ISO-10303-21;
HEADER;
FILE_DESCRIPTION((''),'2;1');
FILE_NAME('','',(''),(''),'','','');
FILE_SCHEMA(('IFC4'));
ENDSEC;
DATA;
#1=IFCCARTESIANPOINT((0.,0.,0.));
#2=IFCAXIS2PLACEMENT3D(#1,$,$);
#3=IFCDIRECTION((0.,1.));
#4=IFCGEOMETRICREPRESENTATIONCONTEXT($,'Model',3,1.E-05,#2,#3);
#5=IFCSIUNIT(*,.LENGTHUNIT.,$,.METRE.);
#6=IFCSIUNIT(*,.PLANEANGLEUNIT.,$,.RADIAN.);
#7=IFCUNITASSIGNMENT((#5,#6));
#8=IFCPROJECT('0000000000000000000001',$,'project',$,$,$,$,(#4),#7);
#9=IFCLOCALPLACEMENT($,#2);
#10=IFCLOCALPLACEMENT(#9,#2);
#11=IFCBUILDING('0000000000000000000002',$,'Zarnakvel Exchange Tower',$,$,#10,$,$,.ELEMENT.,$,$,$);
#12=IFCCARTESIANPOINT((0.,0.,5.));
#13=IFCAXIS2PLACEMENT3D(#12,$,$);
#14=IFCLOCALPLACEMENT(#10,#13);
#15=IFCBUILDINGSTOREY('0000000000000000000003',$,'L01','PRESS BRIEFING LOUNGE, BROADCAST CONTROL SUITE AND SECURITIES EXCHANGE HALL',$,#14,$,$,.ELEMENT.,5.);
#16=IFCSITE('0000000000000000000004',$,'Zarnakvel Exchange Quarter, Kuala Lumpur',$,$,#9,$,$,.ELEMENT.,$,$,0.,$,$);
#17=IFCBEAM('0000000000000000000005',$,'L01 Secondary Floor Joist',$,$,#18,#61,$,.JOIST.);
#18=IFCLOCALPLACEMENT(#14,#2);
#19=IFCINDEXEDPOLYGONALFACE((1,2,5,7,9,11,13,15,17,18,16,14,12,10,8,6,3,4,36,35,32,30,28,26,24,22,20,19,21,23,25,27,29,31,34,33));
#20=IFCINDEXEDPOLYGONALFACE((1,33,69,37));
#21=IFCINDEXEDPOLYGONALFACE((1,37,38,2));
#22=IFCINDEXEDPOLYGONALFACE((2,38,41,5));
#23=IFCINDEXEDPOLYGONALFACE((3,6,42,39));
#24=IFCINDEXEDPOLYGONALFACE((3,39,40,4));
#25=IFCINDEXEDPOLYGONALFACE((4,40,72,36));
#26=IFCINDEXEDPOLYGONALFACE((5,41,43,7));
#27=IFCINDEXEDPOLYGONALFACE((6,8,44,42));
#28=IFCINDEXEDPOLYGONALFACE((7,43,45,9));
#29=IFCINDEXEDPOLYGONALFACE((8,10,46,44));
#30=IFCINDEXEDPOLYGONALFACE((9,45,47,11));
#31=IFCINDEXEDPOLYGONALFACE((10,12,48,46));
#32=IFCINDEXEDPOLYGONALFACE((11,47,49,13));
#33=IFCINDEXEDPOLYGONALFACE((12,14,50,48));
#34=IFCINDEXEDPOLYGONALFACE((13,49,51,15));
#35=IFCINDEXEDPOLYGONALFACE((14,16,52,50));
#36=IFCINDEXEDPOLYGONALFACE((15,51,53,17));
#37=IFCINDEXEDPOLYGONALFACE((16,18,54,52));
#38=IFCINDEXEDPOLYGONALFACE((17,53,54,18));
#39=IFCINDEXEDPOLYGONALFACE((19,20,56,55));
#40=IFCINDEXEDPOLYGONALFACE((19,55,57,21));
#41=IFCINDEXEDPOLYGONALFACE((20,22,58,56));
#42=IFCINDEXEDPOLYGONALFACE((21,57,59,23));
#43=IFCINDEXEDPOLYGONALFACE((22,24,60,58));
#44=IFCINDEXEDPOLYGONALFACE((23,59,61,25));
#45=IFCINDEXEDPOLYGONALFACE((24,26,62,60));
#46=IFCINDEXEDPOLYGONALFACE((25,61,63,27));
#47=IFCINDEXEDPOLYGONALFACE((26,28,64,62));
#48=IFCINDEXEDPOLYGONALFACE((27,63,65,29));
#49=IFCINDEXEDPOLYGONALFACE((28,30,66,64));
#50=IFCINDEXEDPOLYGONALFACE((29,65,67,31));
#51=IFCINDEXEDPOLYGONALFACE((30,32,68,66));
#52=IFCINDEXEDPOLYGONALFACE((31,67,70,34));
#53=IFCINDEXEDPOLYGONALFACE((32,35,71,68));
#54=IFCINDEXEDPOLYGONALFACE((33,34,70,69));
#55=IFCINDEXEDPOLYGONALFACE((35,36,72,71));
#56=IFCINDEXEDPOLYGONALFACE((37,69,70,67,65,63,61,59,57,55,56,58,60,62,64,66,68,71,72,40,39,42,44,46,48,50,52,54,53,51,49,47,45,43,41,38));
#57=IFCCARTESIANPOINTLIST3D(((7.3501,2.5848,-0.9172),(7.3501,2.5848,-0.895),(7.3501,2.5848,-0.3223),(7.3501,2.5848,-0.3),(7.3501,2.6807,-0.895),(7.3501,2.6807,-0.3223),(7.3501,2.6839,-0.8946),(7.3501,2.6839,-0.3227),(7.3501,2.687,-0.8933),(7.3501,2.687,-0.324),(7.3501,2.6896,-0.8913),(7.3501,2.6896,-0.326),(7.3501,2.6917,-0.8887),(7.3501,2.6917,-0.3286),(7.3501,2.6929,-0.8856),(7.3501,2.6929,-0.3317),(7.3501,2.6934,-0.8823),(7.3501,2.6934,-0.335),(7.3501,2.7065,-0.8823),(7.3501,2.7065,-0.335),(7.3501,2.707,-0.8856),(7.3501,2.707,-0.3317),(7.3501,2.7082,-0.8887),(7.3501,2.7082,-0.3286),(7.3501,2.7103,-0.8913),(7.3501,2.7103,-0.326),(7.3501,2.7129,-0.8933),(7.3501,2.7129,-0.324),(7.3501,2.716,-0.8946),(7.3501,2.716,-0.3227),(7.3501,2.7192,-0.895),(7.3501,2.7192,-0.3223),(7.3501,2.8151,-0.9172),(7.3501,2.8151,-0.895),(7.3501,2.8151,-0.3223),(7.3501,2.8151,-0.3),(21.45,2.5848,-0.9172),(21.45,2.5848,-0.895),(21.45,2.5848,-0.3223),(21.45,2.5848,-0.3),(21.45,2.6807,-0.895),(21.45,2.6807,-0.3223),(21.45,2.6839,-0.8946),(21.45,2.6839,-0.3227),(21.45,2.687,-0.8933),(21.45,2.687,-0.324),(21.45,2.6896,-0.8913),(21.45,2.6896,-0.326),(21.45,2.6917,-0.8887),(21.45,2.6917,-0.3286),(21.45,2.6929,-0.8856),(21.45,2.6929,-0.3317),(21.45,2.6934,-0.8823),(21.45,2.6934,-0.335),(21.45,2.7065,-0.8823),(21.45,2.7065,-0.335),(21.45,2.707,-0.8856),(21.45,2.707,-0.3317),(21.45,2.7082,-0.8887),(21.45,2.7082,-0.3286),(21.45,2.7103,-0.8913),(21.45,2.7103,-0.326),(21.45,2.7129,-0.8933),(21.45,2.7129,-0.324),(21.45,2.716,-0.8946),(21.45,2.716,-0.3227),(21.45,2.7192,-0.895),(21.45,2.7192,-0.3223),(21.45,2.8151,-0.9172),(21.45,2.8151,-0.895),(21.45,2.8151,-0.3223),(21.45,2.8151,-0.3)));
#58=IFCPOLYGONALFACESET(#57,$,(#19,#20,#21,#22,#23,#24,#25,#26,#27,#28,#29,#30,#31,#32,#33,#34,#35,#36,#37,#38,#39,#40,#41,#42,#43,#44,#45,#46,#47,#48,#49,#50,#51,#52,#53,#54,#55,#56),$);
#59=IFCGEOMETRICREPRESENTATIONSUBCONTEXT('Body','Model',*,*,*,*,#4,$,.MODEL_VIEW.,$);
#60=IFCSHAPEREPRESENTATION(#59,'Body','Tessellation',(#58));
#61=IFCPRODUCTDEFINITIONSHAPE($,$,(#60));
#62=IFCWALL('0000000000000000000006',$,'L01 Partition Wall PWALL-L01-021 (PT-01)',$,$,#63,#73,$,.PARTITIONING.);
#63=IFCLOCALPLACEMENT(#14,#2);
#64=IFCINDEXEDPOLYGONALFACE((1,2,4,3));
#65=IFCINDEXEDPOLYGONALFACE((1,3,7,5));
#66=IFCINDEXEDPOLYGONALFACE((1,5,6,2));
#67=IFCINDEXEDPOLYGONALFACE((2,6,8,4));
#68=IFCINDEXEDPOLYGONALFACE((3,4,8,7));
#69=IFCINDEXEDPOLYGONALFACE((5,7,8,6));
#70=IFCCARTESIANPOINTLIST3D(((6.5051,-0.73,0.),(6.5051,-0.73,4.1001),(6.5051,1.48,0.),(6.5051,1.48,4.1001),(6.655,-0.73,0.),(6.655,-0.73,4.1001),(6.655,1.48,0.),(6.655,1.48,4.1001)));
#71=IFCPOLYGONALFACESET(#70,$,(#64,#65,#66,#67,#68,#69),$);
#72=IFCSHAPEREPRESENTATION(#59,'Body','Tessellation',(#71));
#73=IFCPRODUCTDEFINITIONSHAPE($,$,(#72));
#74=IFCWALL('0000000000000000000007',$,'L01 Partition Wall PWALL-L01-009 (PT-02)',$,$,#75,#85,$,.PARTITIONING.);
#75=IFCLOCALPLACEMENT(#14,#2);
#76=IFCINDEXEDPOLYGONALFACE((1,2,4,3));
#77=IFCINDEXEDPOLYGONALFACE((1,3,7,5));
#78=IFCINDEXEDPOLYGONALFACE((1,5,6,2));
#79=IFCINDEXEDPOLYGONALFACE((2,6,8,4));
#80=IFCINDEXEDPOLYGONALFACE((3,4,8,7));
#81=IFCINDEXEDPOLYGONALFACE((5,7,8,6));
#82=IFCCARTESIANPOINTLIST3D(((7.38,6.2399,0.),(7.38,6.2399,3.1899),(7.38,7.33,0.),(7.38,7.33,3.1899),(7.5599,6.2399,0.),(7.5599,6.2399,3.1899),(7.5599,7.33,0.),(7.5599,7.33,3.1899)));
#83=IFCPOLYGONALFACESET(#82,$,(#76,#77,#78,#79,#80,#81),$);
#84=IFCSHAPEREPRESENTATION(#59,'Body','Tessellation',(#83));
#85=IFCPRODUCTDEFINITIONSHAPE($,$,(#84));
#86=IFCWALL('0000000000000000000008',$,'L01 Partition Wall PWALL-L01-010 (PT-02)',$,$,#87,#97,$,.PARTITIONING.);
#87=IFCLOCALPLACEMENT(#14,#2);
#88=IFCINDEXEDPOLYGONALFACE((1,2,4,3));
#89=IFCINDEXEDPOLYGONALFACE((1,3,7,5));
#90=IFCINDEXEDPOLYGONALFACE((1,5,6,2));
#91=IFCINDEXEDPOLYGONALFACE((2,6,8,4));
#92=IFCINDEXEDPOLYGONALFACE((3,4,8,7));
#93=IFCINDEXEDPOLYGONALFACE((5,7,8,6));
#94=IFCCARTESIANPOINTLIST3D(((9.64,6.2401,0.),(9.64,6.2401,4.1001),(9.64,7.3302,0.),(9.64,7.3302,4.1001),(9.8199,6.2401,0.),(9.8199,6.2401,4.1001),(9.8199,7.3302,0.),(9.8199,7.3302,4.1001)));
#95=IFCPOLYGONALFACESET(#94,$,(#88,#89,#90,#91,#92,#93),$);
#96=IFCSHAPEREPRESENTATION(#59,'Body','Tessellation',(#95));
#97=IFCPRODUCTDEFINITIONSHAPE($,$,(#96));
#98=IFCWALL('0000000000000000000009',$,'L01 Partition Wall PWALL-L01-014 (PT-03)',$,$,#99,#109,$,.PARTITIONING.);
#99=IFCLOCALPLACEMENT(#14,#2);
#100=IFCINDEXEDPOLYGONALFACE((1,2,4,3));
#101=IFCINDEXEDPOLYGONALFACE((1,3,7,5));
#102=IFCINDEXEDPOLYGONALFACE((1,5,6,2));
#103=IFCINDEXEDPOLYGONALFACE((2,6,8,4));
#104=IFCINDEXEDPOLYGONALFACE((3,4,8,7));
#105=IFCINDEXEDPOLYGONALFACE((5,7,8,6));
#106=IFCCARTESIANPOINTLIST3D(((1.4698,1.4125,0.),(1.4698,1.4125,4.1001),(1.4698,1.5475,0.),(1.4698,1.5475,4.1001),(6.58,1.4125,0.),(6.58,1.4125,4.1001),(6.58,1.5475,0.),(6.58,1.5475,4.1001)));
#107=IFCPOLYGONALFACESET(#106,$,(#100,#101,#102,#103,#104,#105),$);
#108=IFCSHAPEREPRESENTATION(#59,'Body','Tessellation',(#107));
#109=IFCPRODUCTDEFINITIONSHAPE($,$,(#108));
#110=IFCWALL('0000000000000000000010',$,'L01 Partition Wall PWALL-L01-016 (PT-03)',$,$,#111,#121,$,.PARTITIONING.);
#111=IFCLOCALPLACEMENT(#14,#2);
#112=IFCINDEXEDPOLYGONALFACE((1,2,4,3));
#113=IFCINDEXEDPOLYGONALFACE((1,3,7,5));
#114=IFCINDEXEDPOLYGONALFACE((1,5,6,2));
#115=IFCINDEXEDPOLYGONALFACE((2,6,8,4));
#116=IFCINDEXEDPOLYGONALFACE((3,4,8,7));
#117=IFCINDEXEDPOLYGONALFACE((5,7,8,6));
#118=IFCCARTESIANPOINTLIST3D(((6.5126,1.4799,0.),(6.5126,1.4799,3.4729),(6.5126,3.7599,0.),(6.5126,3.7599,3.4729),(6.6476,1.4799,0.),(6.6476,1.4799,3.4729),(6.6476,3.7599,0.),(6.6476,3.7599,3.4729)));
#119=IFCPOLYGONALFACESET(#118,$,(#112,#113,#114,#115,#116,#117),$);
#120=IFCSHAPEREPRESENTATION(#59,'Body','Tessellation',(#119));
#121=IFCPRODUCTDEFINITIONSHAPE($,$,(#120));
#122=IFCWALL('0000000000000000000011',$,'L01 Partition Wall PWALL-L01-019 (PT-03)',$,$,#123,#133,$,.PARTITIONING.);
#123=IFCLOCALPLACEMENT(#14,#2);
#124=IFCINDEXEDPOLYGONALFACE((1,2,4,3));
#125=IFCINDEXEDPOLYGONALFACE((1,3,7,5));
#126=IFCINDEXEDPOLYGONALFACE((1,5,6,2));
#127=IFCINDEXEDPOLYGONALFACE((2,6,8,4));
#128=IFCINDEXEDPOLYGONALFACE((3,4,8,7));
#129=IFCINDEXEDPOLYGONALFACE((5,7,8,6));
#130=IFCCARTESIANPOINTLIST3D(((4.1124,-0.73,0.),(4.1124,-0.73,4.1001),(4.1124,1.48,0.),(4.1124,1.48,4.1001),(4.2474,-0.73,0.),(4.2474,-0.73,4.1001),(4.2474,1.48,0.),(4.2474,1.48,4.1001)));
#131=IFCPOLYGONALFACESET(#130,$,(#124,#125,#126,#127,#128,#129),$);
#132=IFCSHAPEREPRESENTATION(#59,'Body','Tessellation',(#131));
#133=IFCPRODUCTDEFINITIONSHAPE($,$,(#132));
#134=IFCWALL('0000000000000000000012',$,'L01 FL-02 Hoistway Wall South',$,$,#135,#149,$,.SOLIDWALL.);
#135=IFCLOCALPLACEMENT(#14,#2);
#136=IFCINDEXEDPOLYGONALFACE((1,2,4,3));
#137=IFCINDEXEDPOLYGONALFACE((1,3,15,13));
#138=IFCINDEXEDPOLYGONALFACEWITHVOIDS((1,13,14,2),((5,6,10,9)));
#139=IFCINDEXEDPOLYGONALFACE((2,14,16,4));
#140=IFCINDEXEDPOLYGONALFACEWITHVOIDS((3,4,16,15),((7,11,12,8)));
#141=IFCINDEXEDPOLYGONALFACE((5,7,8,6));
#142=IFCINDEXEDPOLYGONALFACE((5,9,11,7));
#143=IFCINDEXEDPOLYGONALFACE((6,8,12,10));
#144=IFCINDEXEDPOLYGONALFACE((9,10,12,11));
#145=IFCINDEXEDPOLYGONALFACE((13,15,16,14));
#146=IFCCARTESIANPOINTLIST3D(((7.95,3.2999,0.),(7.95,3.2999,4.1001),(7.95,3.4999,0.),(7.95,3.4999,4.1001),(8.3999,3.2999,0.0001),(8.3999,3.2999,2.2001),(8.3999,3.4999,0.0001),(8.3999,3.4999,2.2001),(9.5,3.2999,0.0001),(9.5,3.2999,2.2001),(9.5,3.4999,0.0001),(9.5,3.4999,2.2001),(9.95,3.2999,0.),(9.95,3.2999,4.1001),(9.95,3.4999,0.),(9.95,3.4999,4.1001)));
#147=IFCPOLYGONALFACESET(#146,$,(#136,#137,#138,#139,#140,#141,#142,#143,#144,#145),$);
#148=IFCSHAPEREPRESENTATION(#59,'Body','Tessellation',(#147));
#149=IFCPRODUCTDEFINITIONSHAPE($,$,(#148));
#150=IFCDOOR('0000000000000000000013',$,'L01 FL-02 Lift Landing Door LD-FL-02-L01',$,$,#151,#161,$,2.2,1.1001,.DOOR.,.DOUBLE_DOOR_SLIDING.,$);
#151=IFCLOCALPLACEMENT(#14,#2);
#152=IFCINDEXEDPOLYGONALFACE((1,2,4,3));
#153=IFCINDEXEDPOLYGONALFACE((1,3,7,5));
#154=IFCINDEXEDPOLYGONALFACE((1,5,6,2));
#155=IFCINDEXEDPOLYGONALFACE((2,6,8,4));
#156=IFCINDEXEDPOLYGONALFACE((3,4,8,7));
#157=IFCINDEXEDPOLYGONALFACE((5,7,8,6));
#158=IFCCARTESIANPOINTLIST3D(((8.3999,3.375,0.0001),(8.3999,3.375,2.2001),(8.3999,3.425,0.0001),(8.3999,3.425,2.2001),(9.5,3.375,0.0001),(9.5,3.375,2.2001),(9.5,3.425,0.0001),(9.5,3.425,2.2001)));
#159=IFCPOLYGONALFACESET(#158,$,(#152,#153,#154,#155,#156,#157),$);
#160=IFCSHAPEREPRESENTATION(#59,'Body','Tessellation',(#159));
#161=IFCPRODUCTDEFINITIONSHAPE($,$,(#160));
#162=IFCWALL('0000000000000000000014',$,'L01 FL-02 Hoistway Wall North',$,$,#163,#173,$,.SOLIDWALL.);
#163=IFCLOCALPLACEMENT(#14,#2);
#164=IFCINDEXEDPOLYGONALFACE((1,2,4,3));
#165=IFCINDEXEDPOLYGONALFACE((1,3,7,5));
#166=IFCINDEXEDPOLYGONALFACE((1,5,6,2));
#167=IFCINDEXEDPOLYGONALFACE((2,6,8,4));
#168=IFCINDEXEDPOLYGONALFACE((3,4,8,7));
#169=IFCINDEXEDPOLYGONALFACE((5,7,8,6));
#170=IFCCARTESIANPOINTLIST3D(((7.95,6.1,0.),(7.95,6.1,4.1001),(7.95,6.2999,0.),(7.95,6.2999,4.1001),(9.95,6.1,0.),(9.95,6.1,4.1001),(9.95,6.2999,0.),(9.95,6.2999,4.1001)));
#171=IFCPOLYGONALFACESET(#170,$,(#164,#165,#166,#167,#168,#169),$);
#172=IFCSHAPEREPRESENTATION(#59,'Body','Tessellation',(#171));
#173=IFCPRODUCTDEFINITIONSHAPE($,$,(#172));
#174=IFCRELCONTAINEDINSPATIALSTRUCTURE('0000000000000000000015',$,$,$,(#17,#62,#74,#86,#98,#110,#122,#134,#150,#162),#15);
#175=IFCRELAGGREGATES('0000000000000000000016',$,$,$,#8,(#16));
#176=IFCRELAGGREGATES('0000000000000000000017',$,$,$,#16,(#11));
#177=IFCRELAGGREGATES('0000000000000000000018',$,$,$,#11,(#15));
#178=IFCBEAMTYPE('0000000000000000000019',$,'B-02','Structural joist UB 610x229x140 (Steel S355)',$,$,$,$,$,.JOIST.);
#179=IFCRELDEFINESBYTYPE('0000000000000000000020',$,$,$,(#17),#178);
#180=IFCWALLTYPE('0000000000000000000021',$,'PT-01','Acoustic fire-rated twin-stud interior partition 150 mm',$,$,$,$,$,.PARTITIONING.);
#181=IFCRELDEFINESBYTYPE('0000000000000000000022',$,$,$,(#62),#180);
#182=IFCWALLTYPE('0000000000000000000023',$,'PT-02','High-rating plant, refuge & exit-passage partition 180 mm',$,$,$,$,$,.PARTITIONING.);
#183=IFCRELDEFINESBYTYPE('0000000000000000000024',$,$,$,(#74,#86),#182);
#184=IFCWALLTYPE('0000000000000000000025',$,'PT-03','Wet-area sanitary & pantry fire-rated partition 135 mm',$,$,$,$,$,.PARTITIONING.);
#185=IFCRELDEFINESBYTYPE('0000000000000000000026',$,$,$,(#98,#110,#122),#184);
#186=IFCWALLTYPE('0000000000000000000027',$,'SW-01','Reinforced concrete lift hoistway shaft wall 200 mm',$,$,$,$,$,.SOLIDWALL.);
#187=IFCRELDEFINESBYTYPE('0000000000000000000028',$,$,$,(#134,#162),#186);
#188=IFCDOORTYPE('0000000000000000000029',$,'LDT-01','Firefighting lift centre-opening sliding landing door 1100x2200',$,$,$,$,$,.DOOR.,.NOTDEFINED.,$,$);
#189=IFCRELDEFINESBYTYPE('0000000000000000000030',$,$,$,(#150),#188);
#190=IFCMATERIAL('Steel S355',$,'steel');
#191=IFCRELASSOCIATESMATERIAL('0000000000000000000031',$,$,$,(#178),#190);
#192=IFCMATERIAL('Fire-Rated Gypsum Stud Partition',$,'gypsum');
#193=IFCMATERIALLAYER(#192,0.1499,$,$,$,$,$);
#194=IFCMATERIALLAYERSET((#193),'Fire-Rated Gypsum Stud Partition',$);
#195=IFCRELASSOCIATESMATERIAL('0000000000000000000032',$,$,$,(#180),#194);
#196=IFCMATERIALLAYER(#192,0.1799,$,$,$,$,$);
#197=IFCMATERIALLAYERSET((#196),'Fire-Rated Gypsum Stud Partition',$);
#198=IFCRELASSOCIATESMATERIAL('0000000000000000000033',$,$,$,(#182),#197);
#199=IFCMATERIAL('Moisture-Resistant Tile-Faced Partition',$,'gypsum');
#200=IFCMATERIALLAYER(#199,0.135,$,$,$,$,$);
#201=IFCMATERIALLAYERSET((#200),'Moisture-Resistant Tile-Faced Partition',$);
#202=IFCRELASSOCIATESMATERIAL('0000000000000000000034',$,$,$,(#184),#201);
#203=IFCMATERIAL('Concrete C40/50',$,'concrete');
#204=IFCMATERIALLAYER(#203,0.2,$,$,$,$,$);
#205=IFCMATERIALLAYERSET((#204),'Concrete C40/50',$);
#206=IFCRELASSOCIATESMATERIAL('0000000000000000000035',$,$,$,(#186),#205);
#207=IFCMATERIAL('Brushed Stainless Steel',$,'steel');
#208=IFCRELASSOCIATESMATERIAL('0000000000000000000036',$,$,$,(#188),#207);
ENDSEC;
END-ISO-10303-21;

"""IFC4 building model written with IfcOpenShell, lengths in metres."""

from ifc_helpers import new_model, si_unit, direction, frame, frame_2d, origin, origin_2d, place, context, subcontext, project, spatial, rectangle, i_section, extrude, source, transform, mapped, material, layer, layer_set, material_profile, profile_set, type_object, element, fill, save


model = new_model("IFC4")

# Units and contexts
model_context = context("Model", 3, precision=1e-05, world=origin(), true_north=direction((0.0, 1.0)))
body_context = subcontext(model_context, "Body", "Model", "MODEL_VIEW")
ifc_project = project(units=[si_unit("LENGTHUNIT", "METRE"), si_unit("PLANEANGLEUNIT", "RADIAN")], contexts=[model_context])

# Site, building, storey
site_placement = place(None, origin())
site = spatial("IfcSite", under=ifc_project, at=site_placement, Name="Zarnakvel Exchange Quarter, Kuala Lumpur", CompositionType="ELEMENT", RefElevation=0.0)
building_placement = place(site_placement, origin())
building = spatial("IfcBuilding", under=site, at=building_placement, Name="Zarnakvel Exchange Tower", CompositionType="ELEMENT")
storey_placement = place(building_placement, frame((0.0, 0.0, 5.0)))
storey = spatial("IfcBuildingStorey", under=building, at=storey_placement, Name="L01", Description="PRESS BRIEFING LOUNGE, BROADCAST CONTROL SUITE AND SECURITIES EXCHANGE HALL", CompositionType="ELEMENT", Elevation=5.0)

# Beam
ifc_material_1 = material(Name="Steel S355", Category="steel")
ifc_material_profile = material_profile(ifc_material_1, i_section(OverallWidth=0.2302, OverallDepth=0.6172, WebThickness=0.0132, FlangeThickness=0.0222, FilletRadius=0.0127, at=origin_2d()))
ifc_profile_set = profile_set([ifc_material_profile], Name="Steel S355")
beam_type = type_object("IfcBeamType", Name="B-02", Description="Structural joist UB 610x229x140 (Steel S355)", PredefinedType="JOIST", material=ifc_profile_set)
beam_placement = place(storey_placement, frame((7.3501, 2.7, -0.6086), z_axis=(1.0, 0.0, 0.0), x_axis=(0.0, 1.0, 0.0)))
element("IfcBeam", 1, at=beam_placement, inside=storey, type_object=beam_type, Name="L01 Secondary Floor Joist", PredefinedType="JOIST", context=body_context, shape_type="SweptSolid", body=[
    extrude(i_section(OverallWidth=0.2302, OverallDepth=0.6172, WebThickness=0.0132, FlangeThickness=0.0222, FilletRadius=0.0127, at=origin_2d()), origin(), (0.0, 0.0, 1.0), 14.0999),
])

# Walls
ifc_material_2 = material(Name="Fire-Rated Gypsum Stud Partition", Category="gypsum")
ifc_layer_1 = layer(ifc_material_2, 0.1499)
ifc_layer_set_1 = layer_set([ifc_layer_1], Name="Fire-Rated Gypsum Stud Partition")
wall_type_1 = type_object("IfcWallType", Name="PT-01", Description="Acoustic fire-rated twin-stud interior partition 150 mm", PredefinedType="PARTITIONING", material=ifc_layer_set_1)
wall_1_placement = place(storey_placement, frame((6.5801, 1.48, 0.0), z_axis=(0.0, 0.0, 1.0), x_axis=(0.0, -1.0, 0.0)))
element("IfcWall", 2, at=wall_1_placement, inside=storey, type_object=wall_type_1, Name="L01 Partition Wall PWALL-L01-021 (PT-01)", PredefinedType="PARTITIONING", context=body_context, shape_type="SweptSolid", body=[
    extrude(rectangle(XDim=2.21, YDim=0.1499, at=frame_2d((1.105, 0.0))), origin(), (0.0, 0.0, 1.0), 4.1001),
])
ifc_layer_2 = layer(ifc_material_2, 0.1799)
ifc_layer_set_2 = layer_set([ifc_layer_2], Name="Fire-Rated Gypsum Stud Partition")
wall_type_2 = type_object("IfcWallType", Name="PT-02", Description="High-rating plant, refuge & exit-passage partition 180 mm", PredefinedType="PARTITIONING", material=ifc_layer_set_2)
wall_2_placement = place(storey_placement, frame((7.47, 6.24, 0.0), z_axis=(0.0, 0.0, 1.0), x_axis=(0.0, 1.0, 0.0)))
element("IfcWall", 3, at=wall_2_placement, inside=storey, type_object=wall_type_2, Name="L01 Partition Wall PWALL-L01-009 (PT-02)", PredefinedType="PARTITIONING", context=body_context, shape_type="SweptSolid", body=[
    extrude(rectangle(XDim=1.0901, YDim=0.1799, at=frame_2d((0.5449, 0.0))), origin(), (0.0, 0.0, 1.0), 3.1899),
])
wall_3_placement = place(storey_placement, frame((9.73, 7.3301, 0.0), z_axis=(0.0, 0.0, 1.0), x_axis=(0.0, -1.0, 0.0)))
element("IfcWall", 4, at=wall_3_placement, inside=storey, type_object=wall_type_2, Name="L01 Partition Wall PWALL-L01-010 (PT-02)", PredefinedType="PARTITIONING", context=body_context, shape_type="SweptSolid", body=[
    extrude(rectangle(XDim=1.0901, YDim=0.1799, at=frame_2d((0.5449, 0.0))), origin(), (0.0, 0.0, 1.0), 4.1001),
])
ifc_material_3 = material(Name="Moisture-Resistant Tile-Faced Partition", Category="gypsum")
ifc_layer_3 = layer(ifc_material_3, 0.135)
ifc_layer_set_3 = layer_set([ifc_layer_3], Name="Moisture-Resistant Tile-Faced Partition")
wall_type_3 = type_object("IfcWallType", Name="PT-03", Description="Wet-area sanitary & pantry fire-rated partition 135 mm", PredefinedType="PARTITIONING", material=ifc_layer_set_3)
wall_4_placement = place(storey_placement, frame((6.5801, 1.48, 0.0), z_axis=(0.0, 0.0, 1.0), x_axis=(-1.0, 0.0, 0.0)))
element("IfcWall", 5, at=wall_4_placement, inside=storey, type_object=wall_type_3, Name="L01 Partition Wall PWALL-L01-014 (PT-03)", PredefinedType="PARTITIONING", context=body_context, shape_type="SweptSolid", body=[
    extrude(rectangle(XDim=5.1101, YDim=0.135, at=frame_2d((2.5552, 0.0))), origin(), (0.0, 0.0, 1.0), 4.1001),
])
wall_5_placement = place(storey_placement, frame((6.5801, 3.76, 0.0), z_axis=(0.0, 0.0, 1.0), x_axis=(0.0, -1.0, 0.0)))
element("IfcWall", 6, at=wall_5_placement, inside=storey, type_object=wall_type_3, Name="L01 Partition Wall PWALL-L01-016 (PT-03)", PredefinedType="PARTITIONING", context=body_context, shape_type="SweptSolid", body=[
    extrude(rectangle(XDim=2.28, YDim=0.135, at=frame_2d((1.1401, 0.0))), origin(), (0.0, 0.0, 1.0), 3.4729),
])
wall_6_placement = place(storey_placement, frame((4.1799, 1.48, 0.0), z_axis=(0.0, 0.0, 1.0), x_axis=(0.0, -1.0, 0.0)))
element("IfcWall", 7, at=wall_6_placement, inside=storey, type_object=wall_type_3, Name="L01 Partition Wall PWALL-L01-019 (PT-03)", PredefinedType="PARTITIONING", context=body_context, shape_type="SweptSolid", body=[
    extrude(rectangle(XDim=2.21, YDim=0.135, at=frame_2d((1.105, 0.0))), origin(), (0.0, 0.0, 1.0), 4.1001),
])

# Wall, opening, door
ifc_material_4 = material(Name="Concrete C40/50", Category="concrete")
ifc_layer_4 = layer(ifc_material_4, 0.2)
ifc_layer_set_4 = layer_set([ifc_layer_4], Name="Concrete C40/50")
wall_type_4 = type_object("IfcWallType", Name="SW-01", Description="Reinforced concrete lift hoistway shaft wall 200 mm", PredefinedType="SOLIDWALL", material=ifc_layer_set_4)
wall_7_placement = place(storey_placement, frame((9.95, 3.3999, 0.0), z_axis=(0.0, 0.0, 1.0), x_axis=(-1.0, 0.0, 0.0)))
wall_7 = element("IfcWall", 8, at=wall_7_placement, inside=storey, type_object=wall_type_4, Name="L01 FL-02 Hoistway Wall South", PredefinedType="SOLIDWALL", context=body_context, shape_type="SweptSolid", body=[
    extrude(rectangle(XDim=2.0, YDim=0.2, at=frame_2d((1.0, 0.0))), origin(), (0.0, 0.0, 1.0), 4.1001),
])
opening_placement = place(wall_7_placement, frame((0.45, 0.0, 0.0)))
opening = element("IfcOpeningElement", 9, at=opening_placement, cuts=wall_7, PredefinedType="OPENING", context=body_context, shape_type="SweptSolid", body=[
    extrude(rectangle(XDim=1.1001, YDim=2.2, at=frame_2d((0.55, 1.1001))), frame((0.0, 0.1099, 0.0), z_axis=(0.0, -1.0, 0.0), x_axis=(1.0, 0.0, 0.0)), (0.0, 0.0, 1.0), 0.22),
])
ifc_material_5 = material(Name="Brushed Stainless Steel", Category="steel")
door_type = type_object("IfcDoorType", Name="LDT-01", Description="Firefighting lift centre-opening sliding landing door 1100x2200", OperationType="NOTDEFINED", PredefinedType="DOOR", material=ifc_material_5)
shared_shape_1 = source(origin(), body_context, "Body", "SweptSolid", [
    extrude(rectangle(XDim=1.1001, YDim=2.2, at=frame_2d((0.55, 1.1001))), frame((0.0, 0.0249, 0.0), z_axis=(0.0, -1.0, 0.0), x_axis=(1.0, 0.0, 0.0)), (0.0, 0.0, 1.0), 0.05),
])
door_placement = place(opening_placement, origin())
door = element("IfcDoor", 10, at=door_placement, inside=storey, type_object=door_type, Name="L01 FL-02 Lift Landing Door LD-FL-02-L01", OperationType="DOUBLE_DOOR_SLIDING", OverallHeight=2.2, OverallWidth=1.1001, PredefinedType="DOOR", context=body_context, shape_type="MappedRepresentation", body=[
    mapped(shared_shape_1, transform((0.0, 0.0, 0.0), x_axis=(1.0, 0.0, 0.0), y_axis=(0.0, 1.0, 0.0), z_axis=(0.0, 0.0, 1.0), scale=1.0)),
])
fill(opening, door)

# Wall
wall_8_placement = place(storey_placement, frame((7.95, 6.2, 0.0), z_axis=(0.0, 0.0, 1.0), x_axis=(1.0, 0.0, 0.0)))
element("IfcWall", 11, at=wall_8_placement, inside=storey, type_object=wall_type_4, Name="L01 FL-02 Hoistway Wall North", PredefinedType="SOLIDWALL", context=body_context, shape_type="SweptSolid", body=[
    extrude(rectangle(XDim=2.0, YDim=0.2, at=frame_2d((1.0, 0.0))), origin(), (0.0, 0.0, 1.0), 4.1001),
])

save(model, "model.ifc")
